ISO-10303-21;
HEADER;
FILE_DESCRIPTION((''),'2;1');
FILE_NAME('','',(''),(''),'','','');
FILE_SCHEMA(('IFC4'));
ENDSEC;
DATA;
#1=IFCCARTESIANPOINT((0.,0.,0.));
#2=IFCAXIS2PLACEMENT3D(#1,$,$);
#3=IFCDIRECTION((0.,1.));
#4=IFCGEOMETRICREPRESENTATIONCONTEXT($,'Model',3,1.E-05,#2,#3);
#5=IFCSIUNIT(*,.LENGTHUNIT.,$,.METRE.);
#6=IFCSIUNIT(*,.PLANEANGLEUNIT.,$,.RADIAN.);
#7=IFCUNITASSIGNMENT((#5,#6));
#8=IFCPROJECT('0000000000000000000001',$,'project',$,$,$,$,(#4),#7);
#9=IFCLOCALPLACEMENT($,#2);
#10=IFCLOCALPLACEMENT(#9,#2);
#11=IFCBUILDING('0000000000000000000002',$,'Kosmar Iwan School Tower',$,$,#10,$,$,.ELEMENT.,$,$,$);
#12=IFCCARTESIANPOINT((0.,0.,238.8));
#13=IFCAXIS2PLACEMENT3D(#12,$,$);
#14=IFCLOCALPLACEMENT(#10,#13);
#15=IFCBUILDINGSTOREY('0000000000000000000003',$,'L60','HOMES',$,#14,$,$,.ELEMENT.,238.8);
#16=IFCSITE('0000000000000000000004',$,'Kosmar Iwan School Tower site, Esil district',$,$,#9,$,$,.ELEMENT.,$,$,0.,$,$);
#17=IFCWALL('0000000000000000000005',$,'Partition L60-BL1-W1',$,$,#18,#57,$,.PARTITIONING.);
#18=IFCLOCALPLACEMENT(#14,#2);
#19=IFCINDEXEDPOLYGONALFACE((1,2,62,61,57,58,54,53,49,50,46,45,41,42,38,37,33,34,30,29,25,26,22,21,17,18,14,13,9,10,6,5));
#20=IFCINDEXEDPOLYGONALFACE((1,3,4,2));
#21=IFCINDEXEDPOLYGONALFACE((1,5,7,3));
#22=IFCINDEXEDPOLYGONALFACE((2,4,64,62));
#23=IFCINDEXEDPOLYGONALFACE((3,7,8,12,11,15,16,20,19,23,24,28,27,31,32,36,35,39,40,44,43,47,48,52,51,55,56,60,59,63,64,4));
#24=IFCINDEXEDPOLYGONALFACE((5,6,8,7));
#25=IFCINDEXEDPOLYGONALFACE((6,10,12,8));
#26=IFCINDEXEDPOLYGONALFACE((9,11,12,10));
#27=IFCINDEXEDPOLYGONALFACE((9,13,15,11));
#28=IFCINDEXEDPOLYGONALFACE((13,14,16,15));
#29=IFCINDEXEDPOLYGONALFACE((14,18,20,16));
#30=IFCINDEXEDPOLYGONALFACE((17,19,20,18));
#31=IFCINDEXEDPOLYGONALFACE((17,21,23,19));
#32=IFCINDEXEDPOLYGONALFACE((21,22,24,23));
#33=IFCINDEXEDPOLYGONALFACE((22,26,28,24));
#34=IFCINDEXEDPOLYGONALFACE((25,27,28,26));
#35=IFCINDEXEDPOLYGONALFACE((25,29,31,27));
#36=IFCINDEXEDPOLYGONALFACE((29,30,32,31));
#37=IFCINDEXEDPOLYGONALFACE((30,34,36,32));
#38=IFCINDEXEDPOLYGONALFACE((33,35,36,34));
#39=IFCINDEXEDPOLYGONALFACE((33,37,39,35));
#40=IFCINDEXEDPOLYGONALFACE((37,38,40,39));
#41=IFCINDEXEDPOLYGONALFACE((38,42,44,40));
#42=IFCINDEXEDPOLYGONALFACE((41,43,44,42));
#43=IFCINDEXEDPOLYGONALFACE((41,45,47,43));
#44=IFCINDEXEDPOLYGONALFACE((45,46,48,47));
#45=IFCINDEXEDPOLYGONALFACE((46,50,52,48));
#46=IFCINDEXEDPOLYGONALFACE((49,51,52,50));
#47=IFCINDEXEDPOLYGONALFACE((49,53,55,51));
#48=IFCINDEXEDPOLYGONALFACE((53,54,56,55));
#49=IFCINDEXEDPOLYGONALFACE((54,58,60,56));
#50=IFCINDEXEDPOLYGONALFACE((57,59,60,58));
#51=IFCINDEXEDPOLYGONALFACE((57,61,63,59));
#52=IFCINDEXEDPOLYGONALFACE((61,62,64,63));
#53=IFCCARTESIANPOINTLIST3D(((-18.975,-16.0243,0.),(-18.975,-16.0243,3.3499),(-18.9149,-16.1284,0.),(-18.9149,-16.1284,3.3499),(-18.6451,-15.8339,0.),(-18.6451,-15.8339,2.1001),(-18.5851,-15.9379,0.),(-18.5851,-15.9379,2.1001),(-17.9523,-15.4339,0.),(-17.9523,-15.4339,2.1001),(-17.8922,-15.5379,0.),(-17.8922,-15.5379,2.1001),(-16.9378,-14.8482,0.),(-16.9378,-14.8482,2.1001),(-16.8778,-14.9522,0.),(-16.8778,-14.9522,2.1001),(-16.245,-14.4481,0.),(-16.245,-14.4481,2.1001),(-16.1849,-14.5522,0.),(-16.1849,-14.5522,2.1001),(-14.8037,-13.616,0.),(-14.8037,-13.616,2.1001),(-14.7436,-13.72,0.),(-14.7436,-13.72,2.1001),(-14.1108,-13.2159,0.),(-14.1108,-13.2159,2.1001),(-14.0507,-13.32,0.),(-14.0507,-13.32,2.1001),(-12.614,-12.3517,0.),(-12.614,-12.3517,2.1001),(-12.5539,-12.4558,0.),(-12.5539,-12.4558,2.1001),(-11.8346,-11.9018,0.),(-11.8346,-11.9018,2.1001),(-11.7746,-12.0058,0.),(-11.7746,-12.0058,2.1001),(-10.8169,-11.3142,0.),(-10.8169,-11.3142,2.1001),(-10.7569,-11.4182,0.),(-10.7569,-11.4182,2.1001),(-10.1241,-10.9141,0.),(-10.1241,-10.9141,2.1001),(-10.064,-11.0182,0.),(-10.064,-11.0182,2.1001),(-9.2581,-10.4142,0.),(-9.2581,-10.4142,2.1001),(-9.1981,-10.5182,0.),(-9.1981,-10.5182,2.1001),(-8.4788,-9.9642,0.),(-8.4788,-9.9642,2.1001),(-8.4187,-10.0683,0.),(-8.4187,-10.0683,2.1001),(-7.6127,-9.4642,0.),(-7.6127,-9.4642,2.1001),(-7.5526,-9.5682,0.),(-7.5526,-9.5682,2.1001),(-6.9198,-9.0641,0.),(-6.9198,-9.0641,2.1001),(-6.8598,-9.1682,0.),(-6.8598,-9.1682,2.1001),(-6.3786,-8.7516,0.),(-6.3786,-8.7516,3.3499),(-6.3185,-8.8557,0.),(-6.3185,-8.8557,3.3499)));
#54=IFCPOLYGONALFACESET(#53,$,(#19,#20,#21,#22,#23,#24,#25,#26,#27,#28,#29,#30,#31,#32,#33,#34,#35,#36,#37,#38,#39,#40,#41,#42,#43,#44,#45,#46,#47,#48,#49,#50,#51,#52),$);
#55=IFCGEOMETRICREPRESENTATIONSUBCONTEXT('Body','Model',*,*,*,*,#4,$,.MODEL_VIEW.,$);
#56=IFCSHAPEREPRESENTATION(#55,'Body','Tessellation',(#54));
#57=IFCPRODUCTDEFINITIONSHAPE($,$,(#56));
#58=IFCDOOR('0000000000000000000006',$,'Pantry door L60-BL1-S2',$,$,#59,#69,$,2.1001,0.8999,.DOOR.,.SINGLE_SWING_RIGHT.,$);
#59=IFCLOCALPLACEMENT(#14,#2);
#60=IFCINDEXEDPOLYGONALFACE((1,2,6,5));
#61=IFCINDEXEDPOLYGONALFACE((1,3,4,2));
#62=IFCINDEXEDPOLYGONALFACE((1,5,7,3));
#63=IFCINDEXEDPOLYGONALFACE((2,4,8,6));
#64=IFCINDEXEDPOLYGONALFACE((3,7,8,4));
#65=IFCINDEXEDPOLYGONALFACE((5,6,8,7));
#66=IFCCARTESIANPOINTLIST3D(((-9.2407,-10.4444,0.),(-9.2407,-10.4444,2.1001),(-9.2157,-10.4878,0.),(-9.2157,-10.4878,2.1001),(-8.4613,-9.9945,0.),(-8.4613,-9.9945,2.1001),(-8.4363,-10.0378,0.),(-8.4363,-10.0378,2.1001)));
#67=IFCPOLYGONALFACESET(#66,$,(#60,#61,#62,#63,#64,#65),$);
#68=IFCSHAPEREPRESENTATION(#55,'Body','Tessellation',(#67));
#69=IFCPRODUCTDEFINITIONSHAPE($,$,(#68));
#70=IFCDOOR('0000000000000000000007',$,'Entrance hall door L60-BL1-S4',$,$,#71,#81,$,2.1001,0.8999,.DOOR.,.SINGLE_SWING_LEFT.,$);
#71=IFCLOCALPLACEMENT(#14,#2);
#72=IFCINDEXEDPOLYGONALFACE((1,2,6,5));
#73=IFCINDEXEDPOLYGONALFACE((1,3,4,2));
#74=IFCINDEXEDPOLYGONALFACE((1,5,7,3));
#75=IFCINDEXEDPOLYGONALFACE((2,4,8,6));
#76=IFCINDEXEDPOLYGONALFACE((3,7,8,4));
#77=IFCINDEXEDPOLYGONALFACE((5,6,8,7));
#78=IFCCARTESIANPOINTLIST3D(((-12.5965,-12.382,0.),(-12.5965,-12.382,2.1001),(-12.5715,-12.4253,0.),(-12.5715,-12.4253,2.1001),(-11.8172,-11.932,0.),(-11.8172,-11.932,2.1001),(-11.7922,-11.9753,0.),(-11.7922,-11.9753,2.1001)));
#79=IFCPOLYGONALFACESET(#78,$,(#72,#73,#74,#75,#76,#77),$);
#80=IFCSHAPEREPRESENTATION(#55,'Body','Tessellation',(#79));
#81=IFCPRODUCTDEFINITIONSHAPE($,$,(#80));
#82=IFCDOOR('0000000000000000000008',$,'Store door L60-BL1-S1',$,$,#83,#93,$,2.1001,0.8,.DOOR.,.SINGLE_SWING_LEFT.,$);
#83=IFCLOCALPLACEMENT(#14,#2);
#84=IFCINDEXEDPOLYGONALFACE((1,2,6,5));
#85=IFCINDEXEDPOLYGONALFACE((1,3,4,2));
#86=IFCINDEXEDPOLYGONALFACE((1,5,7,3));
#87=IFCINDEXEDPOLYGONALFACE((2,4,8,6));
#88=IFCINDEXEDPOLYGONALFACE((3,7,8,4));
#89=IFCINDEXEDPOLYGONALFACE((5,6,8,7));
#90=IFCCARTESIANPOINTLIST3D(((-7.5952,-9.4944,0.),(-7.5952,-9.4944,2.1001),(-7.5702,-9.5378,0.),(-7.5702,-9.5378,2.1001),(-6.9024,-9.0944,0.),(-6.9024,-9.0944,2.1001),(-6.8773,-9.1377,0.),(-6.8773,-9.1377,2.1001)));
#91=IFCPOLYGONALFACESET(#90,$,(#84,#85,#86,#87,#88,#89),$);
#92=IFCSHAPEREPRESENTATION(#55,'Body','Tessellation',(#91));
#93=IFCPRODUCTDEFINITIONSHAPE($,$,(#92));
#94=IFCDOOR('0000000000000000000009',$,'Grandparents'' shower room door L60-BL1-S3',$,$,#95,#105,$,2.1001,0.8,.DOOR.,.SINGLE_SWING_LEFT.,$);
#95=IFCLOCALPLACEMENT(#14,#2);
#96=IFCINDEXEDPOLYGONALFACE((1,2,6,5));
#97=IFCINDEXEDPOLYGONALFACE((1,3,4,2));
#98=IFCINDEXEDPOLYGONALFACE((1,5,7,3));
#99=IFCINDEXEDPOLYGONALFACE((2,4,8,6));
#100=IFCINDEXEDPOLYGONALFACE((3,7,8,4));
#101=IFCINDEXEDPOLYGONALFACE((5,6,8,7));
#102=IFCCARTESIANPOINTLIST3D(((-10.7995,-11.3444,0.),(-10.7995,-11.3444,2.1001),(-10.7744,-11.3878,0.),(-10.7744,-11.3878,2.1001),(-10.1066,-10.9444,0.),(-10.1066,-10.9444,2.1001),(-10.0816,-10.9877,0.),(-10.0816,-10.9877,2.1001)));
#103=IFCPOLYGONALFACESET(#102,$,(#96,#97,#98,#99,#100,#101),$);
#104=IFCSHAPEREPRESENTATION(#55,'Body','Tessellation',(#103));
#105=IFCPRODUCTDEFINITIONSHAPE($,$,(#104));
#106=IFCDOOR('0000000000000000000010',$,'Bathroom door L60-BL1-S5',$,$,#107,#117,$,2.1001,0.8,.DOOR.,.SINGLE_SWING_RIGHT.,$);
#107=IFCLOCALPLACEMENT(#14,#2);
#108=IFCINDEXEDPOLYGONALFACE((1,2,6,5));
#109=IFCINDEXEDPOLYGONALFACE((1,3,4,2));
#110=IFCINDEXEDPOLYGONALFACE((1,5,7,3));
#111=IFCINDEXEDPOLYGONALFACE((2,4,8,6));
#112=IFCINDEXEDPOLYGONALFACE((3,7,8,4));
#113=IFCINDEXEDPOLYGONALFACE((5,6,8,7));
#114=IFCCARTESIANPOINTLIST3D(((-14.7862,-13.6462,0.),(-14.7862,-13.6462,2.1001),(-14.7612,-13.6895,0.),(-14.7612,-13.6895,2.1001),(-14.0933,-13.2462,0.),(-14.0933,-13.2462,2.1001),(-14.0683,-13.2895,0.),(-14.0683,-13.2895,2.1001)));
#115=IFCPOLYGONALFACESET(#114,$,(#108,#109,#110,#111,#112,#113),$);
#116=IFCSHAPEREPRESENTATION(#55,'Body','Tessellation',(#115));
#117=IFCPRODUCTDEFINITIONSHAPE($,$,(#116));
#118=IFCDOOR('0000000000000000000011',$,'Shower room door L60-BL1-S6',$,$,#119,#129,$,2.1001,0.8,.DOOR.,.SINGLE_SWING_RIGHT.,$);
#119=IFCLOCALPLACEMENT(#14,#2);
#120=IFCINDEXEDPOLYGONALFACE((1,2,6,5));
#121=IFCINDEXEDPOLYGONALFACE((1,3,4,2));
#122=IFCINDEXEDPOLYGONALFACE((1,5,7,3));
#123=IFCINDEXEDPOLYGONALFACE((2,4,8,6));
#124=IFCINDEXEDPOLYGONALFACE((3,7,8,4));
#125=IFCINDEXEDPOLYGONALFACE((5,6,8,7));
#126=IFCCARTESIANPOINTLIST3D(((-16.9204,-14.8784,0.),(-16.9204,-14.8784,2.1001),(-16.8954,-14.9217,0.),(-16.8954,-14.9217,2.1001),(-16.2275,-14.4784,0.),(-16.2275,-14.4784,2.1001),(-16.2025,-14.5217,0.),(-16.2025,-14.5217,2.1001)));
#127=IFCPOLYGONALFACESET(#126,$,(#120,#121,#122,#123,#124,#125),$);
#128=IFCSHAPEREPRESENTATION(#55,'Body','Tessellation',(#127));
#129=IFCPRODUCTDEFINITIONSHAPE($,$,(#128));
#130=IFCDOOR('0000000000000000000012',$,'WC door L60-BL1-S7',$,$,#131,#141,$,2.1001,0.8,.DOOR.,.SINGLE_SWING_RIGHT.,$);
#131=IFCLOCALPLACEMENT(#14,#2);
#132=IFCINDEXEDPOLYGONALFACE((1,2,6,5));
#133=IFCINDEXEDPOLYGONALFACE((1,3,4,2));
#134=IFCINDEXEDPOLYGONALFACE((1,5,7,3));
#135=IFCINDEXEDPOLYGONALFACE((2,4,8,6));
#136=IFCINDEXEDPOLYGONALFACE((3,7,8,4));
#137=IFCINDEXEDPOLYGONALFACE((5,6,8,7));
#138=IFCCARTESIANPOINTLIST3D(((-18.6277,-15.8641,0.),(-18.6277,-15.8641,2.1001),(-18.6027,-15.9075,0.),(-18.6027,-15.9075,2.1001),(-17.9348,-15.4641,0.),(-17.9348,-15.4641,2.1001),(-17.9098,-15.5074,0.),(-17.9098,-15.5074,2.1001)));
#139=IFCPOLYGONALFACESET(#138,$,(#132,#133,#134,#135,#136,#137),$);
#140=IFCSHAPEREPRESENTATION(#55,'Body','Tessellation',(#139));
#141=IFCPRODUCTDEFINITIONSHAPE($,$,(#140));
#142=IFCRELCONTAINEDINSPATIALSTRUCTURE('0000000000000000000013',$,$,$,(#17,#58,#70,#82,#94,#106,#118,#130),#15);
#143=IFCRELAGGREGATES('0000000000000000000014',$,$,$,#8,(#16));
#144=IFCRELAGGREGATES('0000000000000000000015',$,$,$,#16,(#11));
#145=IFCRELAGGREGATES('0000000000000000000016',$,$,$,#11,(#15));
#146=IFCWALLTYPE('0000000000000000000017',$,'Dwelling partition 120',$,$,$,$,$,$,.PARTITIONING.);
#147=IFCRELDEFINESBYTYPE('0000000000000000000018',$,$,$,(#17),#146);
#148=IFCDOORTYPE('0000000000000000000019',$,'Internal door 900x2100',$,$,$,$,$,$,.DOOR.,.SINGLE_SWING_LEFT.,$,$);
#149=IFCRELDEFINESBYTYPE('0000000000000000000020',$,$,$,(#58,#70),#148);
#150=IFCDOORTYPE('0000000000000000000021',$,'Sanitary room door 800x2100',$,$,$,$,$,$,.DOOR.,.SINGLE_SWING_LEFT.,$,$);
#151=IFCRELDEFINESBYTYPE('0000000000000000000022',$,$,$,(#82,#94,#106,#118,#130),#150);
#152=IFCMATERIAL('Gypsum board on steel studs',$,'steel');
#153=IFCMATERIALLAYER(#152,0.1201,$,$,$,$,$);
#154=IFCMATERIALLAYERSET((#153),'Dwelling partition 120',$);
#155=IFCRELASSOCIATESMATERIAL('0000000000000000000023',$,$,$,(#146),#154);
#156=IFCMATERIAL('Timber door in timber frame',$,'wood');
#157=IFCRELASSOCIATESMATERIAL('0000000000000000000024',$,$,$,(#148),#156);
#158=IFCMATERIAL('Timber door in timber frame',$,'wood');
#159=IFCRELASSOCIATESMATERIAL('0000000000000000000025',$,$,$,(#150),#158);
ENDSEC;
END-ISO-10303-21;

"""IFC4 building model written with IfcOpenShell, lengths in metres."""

from ifc_helpers import new_model, si_unit, direction, frame, frame_2d, origin, place, context, subcontext, project, spatial, rectangle, extrude, material, layer, layer_set, type_object, element, fill, save


model = new_model("IFC4")

# Units and contexts
model_context = context("Model", 3, precision=1e-05, world=origin(), true_north=direction((0.0, 1.0)))
body_context = subcontext(model_context, "Body", "Model", "MODEL_VIEW")
ifc_project = project(units=[si_unit("LENGTHUNIT", "METRE"), si_unit("PLANEANGLEUNIT", "RADIAN")], contexts=[model_context])

# Site, building, storey
site_placement = place(None, origin())
site = spatial("IfcSite", under=ifc_project, at=site_placement, Name="Kosmar Iwan School Tower site, Esil district", CompositionType="ELEMENT", RefElevation=0.0)
building_placement = place(site_placement, origin())
building = spatial("IfcBuilding", under=site, at=building_placement, Name="Kosmar Iwan School Tower", CompositionType="ELEMENT")
storey_placement = place(building_placement, frame((0.0, 0.0, 238.8)))
storey = spatial("IfcBuildingStorey", under=building, at=storey_placement, Name="L60", Description="HOMES", CompositionType="ELEMENT", Elevation=238.8)

# Wall, openings, doors
ifc_material_1 = material(Name="Gypsum board on steel studs", Category="steel")
ifc_layer_1 = layer(ifc_material_1, 0.1201)
ifc_layer_set_1 = layer_set([ifc_layer_1], Name="Dwelling partition 120")
wall_type_1 = type_object("IfcWallType", Name="Dwelling partition 120", PredefinedType="PARTITIONING", material=ifc_layer_set_1)
wall_1_placement = place(storey_placement, frame((-6.3486, -8.8037, 0.0), z_axis=(0.0, 0.0, 1.0), x_axis=(-0.866021, -0.500008, 0.0)))
wall_1 = element("IfcWall", 1, at=wall_1_placement, inside=storey, type_object=wall_type_1, Name="Partition L60-BL1-W1", PredefinedType="PARTITIONING", context=body_context, shape_type="SweptSolid", body=[
    extrude(rectangle(XDim=14.5452, YDim=0.1201, at=frame_2d((7.2725, 0.0))), origin(), (0.0, 0.0, 1.0), 3.3499),
])
opening_1_placement = place(wall_1_placement, frame((0.625, 0.0, 0.0)))
opening_1 = element("IfcOpeningElement", 2, at=opening_1_placement, cuts=wall_1, PredefinedType="OPENING", context=body_context, shape_type="SweptSolid", body=[
    extrude(rectangle(XDim=0.8, YDim=2.1001, at=frame_2d((0.3999, 1.05))), frame((0.0, 0.072, 0.0), z_axis=(0.0, -1.0, 0.0), x_axis=(1.0, 0.0, 0.0)), (0.0, 0.0, 1.0), 0.144),
])
opening_2_placement = place(wall_1_placement, frame((2.425, 0.0, 0.0)))
opening_2 = element("IfcOpeningElement", 3, at=opening_2_placement, cuts=wall_1, PredefinedType="OPENING", context=body_context, shape_type="SweptSolid", body=[
    extrude(rectangle(XDim=0.8999, YDim=2.1001, at=frame_2d((0.45, 1.05))), frame((0.0, 0.072, 0.0), z_axis=(0.0, -1.0, 0.0), x_axis=(1.0, 0.0, 0.0)), (0.0, 0.0, 1.0), 0.144),
])
opening_3_placement = place(wall_1_placement, frame((4.325, 0.0, 0.0)))
opening_3 = element("IfcOpeningElement", 4, at=opening_3_placement, cuts=wall_1, PredefinedType="OPENING", context=body_context, shape_type="SweptSolid", body=[
    extrude(rectangle(XDim=0.8, YDim=2.1001, at=frame_2d((0.3999, 1.05))), frame((0.0, 0.072, 0.0), z_axis=(0.0, -1.0, 0.0), x_axis=(1.0, 0.0, 0.0)), (0.0, 0.0, 1.0), 0.144),
])
opening_4_placement = place(wall_1_placement, frame((6.3, 0.0, 0.0)))
opening_4 = element("IfcOpeningElement", 5, at=opening_4_placement, cuts=wall_1, PredefinedType="OPENING", context=body_context, shape_type="SweptSolid", body=[
    extrude(rectangle(XDim=0.8999, YDim=2.1001, at=frame_2d((0.45, 1.05))), frame((0.0, 0.072, 0.0), z_axis=(0.0, -1.0, 0.0), x_axis=(1.0, 0.0, 0.0)), (0.0, 0.0, 1.0), 0.144),
])
opening_5_placement = place(wall_1_placement, frame((8.9285, 0.0, 0.0)))
opening_5 = element("IfcOpeningElement", 6, at=opening_5_placement, cuts=wall_1, PredefinedType="OPENING", context=body_context, shape_type="SweptSolid", body=[
    extrude(rectangle(XDim=0.8, YDim=2.1001, at=frame_2d((0.3999, 1.05))), frame((0.0, 0.072, 0.0), z_axis=(0.0, -1.0, 0.0), x_axis=(1.0, 0.0, 0.0)), (0.0, 0.0, 1.0), 0.144),
])
opening_6_placement = place(wall_1_placement, frame((11.3928, 0.0, 0.0)))
opening_6 = element("IfcOpeningElement", 7, at=opening_6_placement, cuts=wall_1, PredefinedType="OPENING", context=body_context, shape_type="SweptSolid", body=[
    extrude(rectangle(XDim=0.8, YDim=2.1001, at=frame_2d((0.3999, 1.05))), frame((0.0, 0.072, 0.0), z_axis=(0.0, -1.0, 0.0), x_axis=(1.0, 0.0, 0.0)), (0.0, 0.0, 1.0), 0.144),
])
opening_7_placement = place(wall_1_placement, frame((13.3643, 0.0, 0.0)))
opening_7 = element("IfcOpeningElement", 8, at=opening_7_placement, cuts=wall_1, PredefinedType="OPENING", context=body_context, shape_type="SweptSolid", body=[
    extrude(rectangle(XDim=0.8, YDim=2.1001, at=frame_2d((0.3999, 1.05))), frame((0.0, 0.072, 0.0), z_axis=(0.0, -1.0, 0.0), x_axis=(1.0, 0.0, 0.0)), (0.0, 0.0, 1.0), 0.144),
])
ifc_material_2 = material(Name="Timber door in timber frame", Category="wood")
door_type_1 = type_object("IfcDoorType", Name="Internal door 900x2100", OperationType="SINGLE_SWING_LEFT", PredefinedType="DOOR", material=ifc_material_2)
door_1_placement = place(opening_2_placement, origin())
door_1 = element("IfcDoor", 9, at=door_1_placement, inside=storey, type_object=door_type_1, Name="Pantry door L60-BL1-S2", OperationType="SINGLE_SWING_RIGHT", OverallHeight=2.1001, OverallWidth=0.8999, PredefinedType="DOOR", context=body_context, shape_type="SweptSolid", body=[
    extrude(rectangle(XDim=0.8999, YDim=2.1001, at=frame_2d((0.45, 1.05))), frame((0.0, 0.0249, 0.0), z_axis=(0.0, -1.0, 0.0), x_axis=(1.0, 0.0, 0.0)), (0.0, 0.0, 1.0), 0.05),
])
fill(opening_2, door_1)
door_2_placement = place(opening_4_placement, origin())
door_2 = element("IfcDoor", 10, at=door_2_placement, inside=storey, type_object=door_type_1, Name="Entrance hall door L60-BL1-S4", OperationType="SINGLE_SWING_LEFT", OverallHeight=2.1001, OverallWidth=0.8999, PredefinedType="DOOR", context=body_context, shape_type="SweptSolid", body=[
    extrude(rectangle(XDim=0.8999, YDim=2.1001, at=frame_2d((0.45, 1.05))), frame((0.0, 0.0249, 0.0), z_axis=(0.0, -1.0, 0.0), x_axis=(1.0, 0.0, 0.0)), (0.0, 0.0, 1.0), 0.05),
])
fill(opening_4, door_2)
ifc_material_3 = material(Name="Timber door in timber frame", Category="wood")
door_type_2 = type_object("IfcDoorType", Name="Sanitary room door 800x2100", OperationType="SINGLE_SWING_LEFT", PredefinedType="DOOR", material=ifc_material_3)
door_3_placement = place(opening_1_placement, origin())
door_3 = element("IfcDoor", 11, at=door_3_placement, inside=storey, type_object=door_type_2, Name="Store door L60-BL1-S1", OperationType="SINGLE_SWING_LEFT", OverallHeight=2.1001, OverallWidth=0.8, PredefinedType="DOOR", context=body_context, shape_type="SweptSolid", body=[
    extrude(rectangle(XDim=0.8, YDim=2.1001, at=frame_2d((0.3999, 1.05))), frame((0.0, 0.0249, 0.0), z_axis=(0.0, -1.0, 0.0), x_axis=(1.0, 0.0, 0.0)), (0.0, 0.0, 1.0), 0.05),
])
fill(opening_1, door_3)
door_4_placement = place(opening_3_placement, origin())
door_4 = element("IfcDoor", 12, at=door_4_placement, inside=storey, type_object=door_type_2, Name="Grandparents' shower room door L60-BL1-S3", OperationType="SINGLE_SWING_LEFT", OverallHeight=2.1001, OverallWidth=0.8, PredefinedType="DOOR", context=body_context, shape_type="SweptSolid", body=[
    extrude(rectangle(XDim=0.8, YDim=2.1001, at=frame_2d((0.3999, 1.05))), frame((0.0, 0.0249, 0.0), z_axis=(0.0, -1.0, 0.0), x_axis=(1.0, 0.0, 0.0)), (0.0, 0.0, 1.0), 0.05),
])
fill(opening_3, door_4)
door_5_placement = place(opening_5_placement, origin())
door_5 = element("IfcDoor", 13, at=door_5_placement, inside=storey, type_object=door_type_2, Name="Bathroom door L60-BL1-S5", OperationType="SINGLE_SWING_RIGHT", OverallHeight=2.1001, OverallWidth=0.8, PredefinedType="DOOR", context=body_context, shape_type="SweptSolid", body=[
    extrude(rectangle(XDim=0.8, YDim=2.1001, at=frame_2d((0.3999, 1.05))), frame((0.0, 0.0249, 0.0), z_axis=(0.0, -1.0, 0.0), x_axis=(1.0, 0.0, 0.0)), (0.0, 0.0, 1.0), 0.05),
])
fill(opening_5, door_5)
door_6_placement = place(opening_6_placement, origin())
door_6 = element("IfcDoor", 14, at=door_6_placement, inside=storey, type_object=door_type_2, Name="Shower room door L60-BL1-S6", OperationType="SINGLE_SWING_RIGHT", OverallHeight=2.1001, OverallWidth=0.8, PredefinedType="DOOR", context=body_context, shape_type="SweptSolid", body=[
    extrude(rectangle(XDim=0.8, YDim=2.1001, at=frame_2d((0.3999, 1.05))), frame((0.0, 0.0249, 0.0), z_axis=(0.0, -1.0, 0.0), x_axis=(1.0, 0.0, 0.0)), (0.0, 0.0, 1.0), 0.05),
])
fill(opening_6, door_6)
door_7_placement = place(opening_7_placement, origin())
door_7 = element("IfcDoor", 15, at=door_7_placement, inside=storey, type_object=door_type_2, Name="WC door L60-BL1-S7", OperationType="SINGLE_SWING_RIGHT", OverallHeight=2.1001, OverallWidth=0.8, PredefinedType="DOOR", context=body_context, shape_type="SweptSolid", body=[
    extrude(rectangle(XDim=0.8, YDim=2.1001, at=frame_2d((0.3999, 1.05))), frame((0.0, 0.0249, 0.0), z_axis=(0.0, -1.0, 0.0), x_axis=(1.0, 0.0, 0.0)), (0.0, 0.0, 1.0), 0.05),
])
fill(opening_7, door_7)

save(model, "model.ifc")
